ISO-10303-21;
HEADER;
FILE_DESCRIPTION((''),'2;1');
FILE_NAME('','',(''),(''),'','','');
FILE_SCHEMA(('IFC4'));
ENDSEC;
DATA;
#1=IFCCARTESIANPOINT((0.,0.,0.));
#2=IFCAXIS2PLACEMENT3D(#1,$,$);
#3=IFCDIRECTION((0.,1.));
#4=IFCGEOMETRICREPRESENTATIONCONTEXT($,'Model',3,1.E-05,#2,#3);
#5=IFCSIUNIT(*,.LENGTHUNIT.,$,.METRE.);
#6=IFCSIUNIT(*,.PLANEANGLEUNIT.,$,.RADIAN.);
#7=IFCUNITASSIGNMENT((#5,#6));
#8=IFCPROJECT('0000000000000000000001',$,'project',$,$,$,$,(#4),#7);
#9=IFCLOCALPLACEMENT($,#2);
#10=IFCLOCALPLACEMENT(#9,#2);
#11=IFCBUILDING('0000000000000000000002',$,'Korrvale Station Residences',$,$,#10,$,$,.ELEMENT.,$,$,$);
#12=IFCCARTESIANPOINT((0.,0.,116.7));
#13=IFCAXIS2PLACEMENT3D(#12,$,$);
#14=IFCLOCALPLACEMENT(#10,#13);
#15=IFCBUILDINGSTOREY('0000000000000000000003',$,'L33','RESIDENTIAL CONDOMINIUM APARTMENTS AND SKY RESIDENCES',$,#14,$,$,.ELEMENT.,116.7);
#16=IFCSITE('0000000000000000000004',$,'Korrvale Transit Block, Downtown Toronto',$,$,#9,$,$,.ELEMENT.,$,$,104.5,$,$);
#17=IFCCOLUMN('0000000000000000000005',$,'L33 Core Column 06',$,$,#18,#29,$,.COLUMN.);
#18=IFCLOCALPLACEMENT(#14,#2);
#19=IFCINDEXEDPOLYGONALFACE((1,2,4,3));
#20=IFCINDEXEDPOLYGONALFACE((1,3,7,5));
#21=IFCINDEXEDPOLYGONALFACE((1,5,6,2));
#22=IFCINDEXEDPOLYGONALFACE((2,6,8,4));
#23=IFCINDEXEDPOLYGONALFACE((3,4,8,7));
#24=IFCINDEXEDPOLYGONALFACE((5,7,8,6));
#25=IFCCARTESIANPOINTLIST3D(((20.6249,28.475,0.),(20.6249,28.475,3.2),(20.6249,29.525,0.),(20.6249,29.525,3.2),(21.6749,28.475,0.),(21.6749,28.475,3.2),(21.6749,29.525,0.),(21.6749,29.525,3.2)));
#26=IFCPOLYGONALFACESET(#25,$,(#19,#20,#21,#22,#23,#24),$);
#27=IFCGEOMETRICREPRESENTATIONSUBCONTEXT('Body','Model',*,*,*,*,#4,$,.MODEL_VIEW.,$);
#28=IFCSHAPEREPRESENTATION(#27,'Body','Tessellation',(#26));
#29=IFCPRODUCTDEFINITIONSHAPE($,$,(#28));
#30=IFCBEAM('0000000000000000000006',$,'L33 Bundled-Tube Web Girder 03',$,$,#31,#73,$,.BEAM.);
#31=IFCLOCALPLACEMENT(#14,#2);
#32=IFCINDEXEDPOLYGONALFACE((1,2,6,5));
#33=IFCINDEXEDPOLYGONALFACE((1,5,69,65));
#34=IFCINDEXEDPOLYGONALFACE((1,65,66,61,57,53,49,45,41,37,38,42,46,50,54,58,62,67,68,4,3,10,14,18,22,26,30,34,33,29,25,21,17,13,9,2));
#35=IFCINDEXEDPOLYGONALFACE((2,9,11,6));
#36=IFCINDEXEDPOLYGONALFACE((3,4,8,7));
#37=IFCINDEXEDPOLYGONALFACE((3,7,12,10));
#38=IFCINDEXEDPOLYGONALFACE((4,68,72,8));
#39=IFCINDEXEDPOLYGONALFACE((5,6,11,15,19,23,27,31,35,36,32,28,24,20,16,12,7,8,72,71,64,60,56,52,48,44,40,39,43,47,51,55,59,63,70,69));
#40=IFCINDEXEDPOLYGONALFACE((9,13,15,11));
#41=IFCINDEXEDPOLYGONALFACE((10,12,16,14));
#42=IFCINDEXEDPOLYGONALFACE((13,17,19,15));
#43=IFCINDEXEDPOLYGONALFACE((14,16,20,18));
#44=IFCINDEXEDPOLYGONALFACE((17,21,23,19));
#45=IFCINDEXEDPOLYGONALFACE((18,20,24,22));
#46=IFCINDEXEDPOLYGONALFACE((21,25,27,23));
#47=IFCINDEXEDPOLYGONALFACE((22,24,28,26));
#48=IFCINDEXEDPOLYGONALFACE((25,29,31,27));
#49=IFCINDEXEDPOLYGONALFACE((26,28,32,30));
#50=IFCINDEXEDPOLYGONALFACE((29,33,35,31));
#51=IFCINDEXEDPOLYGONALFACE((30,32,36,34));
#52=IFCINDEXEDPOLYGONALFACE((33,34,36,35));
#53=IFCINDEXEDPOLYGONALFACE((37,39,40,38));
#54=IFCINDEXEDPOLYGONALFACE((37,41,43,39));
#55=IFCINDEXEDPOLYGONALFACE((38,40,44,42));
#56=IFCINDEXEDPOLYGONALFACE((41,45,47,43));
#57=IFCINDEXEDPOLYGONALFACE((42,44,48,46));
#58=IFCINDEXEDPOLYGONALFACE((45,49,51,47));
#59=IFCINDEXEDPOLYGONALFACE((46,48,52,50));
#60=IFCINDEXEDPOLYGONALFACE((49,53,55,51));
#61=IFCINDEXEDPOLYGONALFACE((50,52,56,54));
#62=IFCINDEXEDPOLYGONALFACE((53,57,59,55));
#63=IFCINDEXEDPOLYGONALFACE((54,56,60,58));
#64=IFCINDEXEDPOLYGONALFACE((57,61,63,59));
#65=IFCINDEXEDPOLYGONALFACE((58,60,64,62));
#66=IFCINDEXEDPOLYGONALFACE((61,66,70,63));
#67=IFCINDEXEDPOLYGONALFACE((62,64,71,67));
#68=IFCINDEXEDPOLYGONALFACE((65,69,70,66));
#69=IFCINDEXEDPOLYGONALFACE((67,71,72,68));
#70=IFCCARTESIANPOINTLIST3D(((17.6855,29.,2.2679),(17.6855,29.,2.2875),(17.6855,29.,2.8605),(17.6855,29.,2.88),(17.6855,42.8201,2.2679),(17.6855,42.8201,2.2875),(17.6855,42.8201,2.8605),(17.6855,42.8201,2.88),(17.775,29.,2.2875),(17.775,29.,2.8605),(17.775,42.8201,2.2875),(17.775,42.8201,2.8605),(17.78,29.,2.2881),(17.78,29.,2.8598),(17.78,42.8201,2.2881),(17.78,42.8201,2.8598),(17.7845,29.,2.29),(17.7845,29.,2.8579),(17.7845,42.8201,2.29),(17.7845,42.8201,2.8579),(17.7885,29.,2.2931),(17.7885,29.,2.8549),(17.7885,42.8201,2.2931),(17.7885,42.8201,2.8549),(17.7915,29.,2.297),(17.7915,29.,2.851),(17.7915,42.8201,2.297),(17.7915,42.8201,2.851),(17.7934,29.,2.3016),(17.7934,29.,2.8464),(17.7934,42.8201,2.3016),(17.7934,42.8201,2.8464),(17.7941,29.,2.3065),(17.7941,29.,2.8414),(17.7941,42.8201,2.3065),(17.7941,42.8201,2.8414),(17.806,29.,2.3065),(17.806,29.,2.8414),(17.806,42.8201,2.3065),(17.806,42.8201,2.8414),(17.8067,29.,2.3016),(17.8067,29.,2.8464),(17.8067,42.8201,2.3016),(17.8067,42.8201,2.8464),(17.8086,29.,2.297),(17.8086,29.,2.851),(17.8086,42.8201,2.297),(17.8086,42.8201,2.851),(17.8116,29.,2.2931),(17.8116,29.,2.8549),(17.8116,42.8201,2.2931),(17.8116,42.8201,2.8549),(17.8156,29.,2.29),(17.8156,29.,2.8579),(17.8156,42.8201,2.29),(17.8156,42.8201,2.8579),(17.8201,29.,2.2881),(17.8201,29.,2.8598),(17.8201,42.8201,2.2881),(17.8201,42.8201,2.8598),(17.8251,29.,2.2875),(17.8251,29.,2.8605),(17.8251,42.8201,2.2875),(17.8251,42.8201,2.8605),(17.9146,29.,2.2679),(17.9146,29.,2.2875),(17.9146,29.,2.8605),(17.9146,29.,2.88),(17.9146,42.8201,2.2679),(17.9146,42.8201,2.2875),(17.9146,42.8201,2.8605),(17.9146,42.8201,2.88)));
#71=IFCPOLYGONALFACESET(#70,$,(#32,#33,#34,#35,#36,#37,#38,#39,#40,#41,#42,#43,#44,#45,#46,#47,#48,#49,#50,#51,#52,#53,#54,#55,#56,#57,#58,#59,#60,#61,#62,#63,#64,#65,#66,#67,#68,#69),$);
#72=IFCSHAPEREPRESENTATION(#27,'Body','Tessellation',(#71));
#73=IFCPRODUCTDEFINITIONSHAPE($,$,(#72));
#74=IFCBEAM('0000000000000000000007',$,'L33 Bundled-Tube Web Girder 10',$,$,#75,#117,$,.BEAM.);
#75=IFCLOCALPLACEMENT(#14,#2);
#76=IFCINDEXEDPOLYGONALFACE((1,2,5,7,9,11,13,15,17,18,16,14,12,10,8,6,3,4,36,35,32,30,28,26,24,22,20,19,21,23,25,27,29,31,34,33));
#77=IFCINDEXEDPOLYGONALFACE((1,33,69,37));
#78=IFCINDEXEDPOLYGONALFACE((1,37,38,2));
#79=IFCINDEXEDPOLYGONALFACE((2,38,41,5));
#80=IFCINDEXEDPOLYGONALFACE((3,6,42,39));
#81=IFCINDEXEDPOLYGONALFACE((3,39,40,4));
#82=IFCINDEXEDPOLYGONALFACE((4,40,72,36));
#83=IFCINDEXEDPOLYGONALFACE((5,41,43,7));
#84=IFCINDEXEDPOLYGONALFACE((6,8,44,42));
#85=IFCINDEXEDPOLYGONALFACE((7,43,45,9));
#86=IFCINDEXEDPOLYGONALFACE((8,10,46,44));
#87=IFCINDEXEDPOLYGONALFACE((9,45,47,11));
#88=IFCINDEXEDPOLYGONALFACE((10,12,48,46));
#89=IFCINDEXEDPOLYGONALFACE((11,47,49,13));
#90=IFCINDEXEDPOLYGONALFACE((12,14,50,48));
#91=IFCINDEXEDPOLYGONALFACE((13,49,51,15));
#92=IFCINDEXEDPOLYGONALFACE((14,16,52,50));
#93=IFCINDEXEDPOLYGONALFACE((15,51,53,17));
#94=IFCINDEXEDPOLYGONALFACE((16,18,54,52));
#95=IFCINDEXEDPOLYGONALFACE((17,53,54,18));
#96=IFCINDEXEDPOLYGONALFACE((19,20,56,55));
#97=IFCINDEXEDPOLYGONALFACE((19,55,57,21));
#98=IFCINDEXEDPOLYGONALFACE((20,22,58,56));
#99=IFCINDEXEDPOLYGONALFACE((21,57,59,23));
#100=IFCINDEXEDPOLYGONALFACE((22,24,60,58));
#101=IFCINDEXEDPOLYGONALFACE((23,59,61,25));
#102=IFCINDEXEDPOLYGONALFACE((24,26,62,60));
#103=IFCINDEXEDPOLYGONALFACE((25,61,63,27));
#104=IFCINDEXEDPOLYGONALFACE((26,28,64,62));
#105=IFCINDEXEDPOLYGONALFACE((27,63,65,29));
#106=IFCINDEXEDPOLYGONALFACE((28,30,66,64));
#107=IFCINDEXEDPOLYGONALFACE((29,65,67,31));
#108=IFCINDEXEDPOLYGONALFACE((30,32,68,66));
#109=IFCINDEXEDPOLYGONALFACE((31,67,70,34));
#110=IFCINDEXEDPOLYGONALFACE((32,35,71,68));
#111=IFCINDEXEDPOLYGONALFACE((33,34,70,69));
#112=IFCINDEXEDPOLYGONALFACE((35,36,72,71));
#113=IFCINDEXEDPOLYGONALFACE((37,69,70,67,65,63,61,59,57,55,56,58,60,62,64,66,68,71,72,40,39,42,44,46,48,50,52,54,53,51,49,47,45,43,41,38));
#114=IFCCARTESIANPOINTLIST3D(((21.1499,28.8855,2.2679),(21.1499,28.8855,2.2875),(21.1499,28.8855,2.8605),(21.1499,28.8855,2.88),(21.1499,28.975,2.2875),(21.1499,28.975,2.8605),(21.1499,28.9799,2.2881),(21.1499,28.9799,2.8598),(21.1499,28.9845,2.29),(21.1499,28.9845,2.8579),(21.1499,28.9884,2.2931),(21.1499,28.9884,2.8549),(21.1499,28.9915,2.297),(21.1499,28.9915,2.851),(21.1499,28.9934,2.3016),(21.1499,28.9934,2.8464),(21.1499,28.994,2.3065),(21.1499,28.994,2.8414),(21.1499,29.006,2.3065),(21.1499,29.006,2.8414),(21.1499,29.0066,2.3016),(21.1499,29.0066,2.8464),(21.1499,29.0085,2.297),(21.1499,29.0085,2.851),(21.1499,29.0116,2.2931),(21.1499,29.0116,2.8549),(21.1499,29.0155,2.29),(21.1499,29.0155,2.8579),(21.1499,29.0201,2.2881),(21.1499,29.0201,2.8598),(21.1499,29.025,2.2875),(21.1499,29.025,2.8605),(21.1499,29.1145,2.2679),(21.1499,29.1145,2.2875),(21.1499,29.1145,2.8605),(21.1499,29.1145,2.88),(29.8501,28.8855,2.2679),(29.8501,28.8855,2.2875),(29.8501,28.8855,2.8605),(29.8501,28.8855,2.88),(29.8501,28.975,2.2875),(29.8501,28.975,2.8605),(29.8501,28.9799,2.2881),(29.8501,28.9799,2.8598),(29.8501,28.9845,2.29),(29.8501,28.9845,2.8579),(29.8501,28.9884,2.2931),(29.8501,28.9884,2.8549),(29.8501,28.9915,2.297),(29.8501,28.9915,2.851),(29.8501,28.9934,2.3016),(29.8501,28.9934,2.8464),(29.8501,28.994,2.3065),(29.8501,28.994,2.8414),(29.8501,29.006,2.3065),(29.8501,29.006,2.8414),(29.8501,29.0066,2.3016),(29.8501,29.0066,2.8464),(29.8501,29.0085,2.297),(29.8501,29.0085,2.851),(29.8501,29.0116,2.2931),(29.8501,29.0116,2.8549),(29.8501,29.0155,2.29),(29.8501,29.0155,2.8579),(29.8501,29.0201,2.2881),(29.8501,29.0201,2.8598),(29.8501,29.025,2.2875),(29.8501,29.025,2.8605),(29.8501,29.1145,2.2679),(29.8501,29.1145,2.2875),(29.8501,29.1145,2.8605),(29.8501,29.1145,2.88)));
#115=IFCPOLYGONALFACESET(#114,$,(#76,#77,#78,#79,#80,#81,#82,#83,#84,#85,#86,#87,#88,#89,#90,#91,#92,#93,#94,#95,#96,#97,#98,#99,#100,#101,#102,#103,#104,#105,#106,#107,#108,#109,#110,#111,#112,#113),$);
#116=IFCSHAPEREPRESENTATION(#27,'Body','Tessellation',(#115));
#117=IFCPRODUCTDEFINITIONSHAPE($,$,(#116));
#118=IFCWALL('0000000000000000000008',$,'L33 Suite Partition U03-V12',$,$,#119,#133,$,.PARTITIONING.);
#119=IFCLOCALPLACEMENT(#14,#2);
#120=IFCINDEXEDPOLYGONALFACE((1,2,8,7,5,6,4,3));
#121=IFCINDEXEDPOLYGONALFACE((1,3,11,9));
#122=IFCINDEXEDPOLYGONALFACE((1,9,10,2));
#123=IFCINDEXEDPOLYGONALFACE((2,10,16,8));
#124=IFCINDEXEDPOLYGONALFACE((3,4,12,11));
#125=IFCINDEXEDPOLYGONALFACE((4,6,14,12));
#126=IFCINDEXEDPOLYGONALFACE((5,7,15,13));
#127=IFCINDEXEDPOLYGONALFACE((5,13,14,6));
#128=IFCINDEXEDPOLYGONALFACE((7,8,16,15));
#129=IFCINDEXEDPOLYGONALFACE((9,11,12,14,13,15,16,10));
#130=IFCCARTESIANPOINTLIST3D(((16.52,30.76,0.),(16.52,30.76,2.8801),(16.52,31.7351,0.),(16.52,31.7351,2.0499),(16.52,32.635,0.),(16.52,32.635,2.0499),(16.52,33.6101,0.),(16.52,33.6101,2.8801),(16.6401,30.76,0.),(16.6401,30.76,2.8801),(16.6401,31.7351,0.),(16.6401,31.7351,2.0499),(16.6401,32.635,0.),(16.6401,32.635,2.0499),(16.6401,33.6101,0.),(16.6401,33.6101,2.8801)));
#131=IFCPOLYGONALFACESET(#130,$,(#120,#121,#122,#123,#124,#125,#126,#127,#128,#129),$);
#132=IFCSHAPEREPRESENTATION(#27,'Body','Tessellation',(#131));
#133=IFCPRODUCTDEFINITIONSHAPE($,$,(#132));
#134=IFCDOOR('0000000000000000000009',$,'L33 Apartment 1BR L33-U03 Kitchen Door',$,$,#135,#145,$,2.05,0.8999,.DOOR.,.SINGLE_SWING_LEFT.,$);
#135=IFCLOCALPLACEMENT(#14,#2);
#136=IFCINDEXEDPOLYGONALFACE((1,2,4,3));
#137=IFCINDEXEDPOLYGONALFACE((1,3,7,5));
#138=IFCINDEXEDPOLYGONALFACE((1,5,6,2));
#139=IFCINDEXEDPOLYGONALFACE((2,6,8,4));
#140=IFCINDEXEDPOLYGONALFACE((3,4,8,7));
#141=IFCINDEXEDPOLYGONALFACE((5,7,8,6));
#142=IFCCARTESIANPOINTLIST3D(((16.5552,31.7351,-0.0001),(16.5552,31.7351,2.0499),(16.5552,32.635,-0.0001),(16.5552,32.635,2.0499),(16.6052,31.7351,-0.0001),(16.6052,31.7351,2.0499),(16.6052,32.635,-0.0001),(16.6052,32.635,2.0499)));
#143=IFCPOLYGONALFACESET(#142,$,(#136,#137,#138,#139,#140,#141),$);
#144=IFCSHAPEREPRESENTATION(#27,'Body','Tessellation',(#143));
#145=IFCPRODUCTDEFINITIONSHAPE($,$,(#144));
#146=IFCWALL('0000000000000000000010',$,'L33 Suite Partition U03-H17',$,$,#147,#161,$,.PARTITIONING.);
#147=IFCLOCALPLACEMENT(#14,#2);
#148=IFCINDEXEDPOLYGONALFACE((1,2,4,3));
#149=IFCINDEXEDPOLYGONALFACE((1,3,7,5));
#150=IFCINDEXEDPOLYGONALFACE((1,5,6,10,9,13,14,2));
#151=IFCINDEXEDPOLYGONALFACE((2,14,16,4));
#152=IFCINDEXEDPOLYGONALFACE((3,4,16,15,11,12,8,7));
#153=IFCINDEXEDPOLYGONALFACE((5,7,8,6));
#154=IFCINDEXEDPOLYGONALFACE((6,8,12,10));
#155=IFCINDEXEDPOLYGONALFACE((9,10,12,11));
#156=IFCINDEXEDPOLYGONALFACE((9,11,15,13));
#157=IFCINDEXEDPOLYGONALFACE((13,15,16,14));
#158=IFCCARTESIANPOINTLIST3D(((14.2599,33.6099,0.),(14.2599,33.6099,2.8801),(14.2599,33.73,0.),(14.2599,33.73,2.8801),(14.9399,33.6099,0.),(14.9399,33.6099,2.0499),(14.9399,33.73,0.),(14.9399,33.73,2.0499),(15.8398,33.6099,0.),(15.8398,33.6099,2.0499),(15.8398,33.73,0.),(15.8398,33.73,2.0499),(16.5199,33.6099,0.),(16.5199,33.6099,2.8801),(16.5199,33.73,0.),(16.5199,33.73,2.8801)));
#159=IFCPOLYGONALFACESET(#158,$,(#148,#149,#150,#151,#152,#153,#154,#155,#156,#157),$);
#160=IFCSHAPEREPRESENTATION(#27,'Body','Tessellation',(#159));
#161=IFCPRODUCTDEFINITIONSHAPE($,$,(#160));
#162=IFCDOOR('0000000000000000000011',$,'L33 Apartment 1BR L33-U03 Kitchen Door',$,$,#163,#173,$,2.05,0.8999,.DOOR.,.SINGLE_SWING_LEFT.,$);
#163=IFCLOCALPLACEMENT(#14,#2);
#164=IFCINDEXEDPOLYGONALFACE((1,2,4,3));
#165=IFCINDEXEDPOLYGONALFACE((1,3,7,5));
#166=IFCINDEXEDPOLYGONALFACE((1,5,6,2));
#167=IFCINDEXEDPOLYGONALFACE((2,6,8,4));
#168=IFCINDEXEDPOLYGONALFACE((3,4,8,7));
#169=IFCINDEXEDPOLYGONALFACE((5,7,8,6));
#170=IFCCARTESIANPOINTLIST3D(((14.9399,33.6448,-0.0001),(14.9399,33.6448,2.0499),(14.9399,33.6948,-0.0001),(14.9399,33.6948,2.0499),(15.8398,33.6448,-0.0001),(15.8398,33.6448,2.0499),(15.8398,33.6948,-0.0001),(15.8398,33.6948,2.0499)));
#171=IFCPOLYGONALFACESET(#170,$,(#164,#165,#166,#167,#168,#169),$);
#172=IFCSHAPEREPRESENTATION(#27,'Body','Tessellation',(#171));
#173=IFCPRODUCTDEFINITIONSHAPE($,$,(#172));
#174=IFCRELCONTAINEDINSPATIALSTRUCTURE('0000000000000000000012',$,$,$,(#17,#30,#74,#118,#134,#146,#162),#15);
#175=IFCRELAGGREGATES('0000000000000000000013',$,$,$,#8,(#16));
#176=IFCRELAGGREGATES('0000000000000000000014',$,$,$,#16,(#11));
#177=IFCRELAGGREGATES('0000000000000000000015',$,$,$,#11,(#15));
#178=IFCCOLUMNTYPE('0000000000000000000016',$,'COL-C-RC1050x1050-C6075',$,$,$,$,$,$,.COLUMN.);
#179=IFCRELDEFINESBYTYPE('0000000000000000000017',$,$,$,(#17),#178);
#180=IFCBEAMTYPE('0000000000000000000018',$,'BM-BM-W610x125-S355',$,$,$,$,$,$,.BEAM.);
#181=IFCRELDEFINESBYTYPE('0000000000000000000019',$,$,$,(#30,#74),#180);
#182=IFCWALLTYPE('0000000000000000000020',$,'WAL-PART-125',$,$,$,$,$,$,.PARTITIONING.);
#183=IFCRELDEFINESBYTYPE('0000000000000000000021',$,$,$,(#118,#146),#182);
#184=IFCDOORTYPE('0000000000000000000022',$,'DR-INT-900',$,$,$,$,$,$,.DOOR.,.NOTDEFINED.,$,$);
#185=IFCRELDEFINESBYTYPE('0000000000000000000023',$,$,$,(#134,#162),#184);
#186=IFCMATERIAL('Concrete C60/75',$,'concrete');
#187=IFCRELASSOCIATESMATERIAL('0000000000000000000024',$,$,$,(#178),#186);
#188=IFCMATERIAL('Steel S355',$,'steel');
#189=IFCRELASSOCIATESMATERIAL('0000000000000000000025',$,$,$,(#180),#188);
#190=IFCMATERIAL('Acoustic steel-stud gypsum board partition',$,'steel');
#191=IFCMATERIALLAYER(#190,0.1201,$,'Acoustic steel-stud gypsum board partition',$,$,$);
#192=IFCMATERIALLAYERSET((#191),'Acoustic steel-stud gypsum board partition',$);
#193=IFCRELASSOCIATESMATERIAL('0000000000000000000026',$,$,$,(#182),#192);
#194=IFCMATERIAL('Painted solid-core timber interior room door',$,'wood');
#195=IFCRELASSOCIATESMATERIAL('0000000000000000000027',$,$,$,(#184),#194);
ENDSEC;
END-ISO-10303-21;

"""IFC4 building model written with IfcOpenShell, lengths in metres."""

from ifc_helpers import new_model, si_unit, direction, frame, frame_2d, origin, origin_2d, place, context, subcontext, project, spatial, rectangle, i_section, extrude, material, layer, layer_set, material_profile, profile_set, type_object, element, fill, save


model = new_model("IFC4")

# Units and contexts
model_context = context("Model", 3, precision=1e-05, world=origin(), true_north=direction((0.0, 1.0)))
body_context = subcontext(model_context, "Body", "Model", "MODEL_VIEW")
ifc_project = project(units=[si_unit("LENGTHUNIT", "METRE"), si_unit("PLANEANGLEUNIT", "RADIAN")], contexts=[model_context])

# Site, building, storey
site_placement = place(None, origin())
site = spatial("IfcSite", under=ifc_project, at=site_placement, Name="Korrvale Transit Block, Downtown Toronto", CompositionType="ELEMENT", RefElevation=104.5)
building_placement = place(site_placement, origin())
building = spatial("IfcBuilding", under=site, at=building_placement, Name="Korrvale Station Residences", CompositionType="ELEMENT")
storey_placement = place(building_placement, frame((0.0, 0.0, 116.7)))
storey = spatial("IfcBuildingStorey", under=building, at=storey_placement, Name="L33", Description="RESIDENTIAL CONDOMINIUM APARTMENTS AND SKY RESIDENCES", CompositionType="ELEMENT", Elevation=116.7)

# Column
ifc_material_1 = material(Name="Concrete C60/75", Category="concrete")
ifc_material_profile_1 = material_profile(ifc_material_1, rectangle(XDim=1.05, YDim=1.05, at=origin_2d()), Name="RC1050x1050")
ifc_profile_set_1 = profile_set([ifc_material_profile_1], Name="Concrete C60/75")
column_type = type_object("IfcColumnType", Name="COL-C-RC1050x1050-C6075", PredefinedType="COLUMN", material=ifc_profile_set_1)
column_placement = place(storey_placement, frame((21.1499, 29.0, 0.0), z_axis=(0.0, 0.0, 1.0), x_axis=(1.0, 0.0, 0.0)))
element("IfcColumn", 1, at=column_placement, inside=storey, type_object=column_type, Name="L33 Core Column 06", PredefinedType="COLUMN", context=body_context, shape_type="SweptSolid", body=[
    extrude(rectangle(XDim=1.05, YDim=1.05, at=origin_2d()), origin(), (0.0, 0.0, 1.0), 3.2),
])

# Beams
ifc_material_2 = material(Name="Steel S355", Category="steel")
ifc_material_profile_2 = material_profile(ifc_material_2, i_section(OverallWidth=0.229, OverallDepth=0.6121, WebThickness=0.012, FlangeThickness=0.0195, FilletRadius=0.019, at=origin_2d()), Name="W610x125")
ifc_profile_set_2 = profile_set([ifc_material_profile_2], Name="Steel S355")
beam_type = type_object("IfcBeamType", Name="BM-BM-W610x125-S355", PredefinedType="BEAM", material=ifc_profile_set_2)
beam_1_placement = place(storey_placement, frame((17.8, 29.0, 2.574), z_axis=(0.0, 1.0, 0.0), x_axis=(-1.0, 0.0, 0.0)))
element("IfcBeam", 2, at=beam_1_placement, inside=storey, type_object=beam_type, Name="L33 Bundled-Tube Web Girder 03", PredefinedType="BEAM", context=body_context, shape_type="SweptSolid", body=[
    extrude(i_section(OverallWidth=0.229, OverallDepth=0.6121, WebThickness=0.012, FlangeThickness=0.0195, FilletRadius=0.019, at=origin_2d()), origin(), (0.0, 0.0, 1.0), 13.8201),
])
beam_2_placement = place(storey_placement, frame((21.1499, 29.0, 2.574), z_axis=(1.0, 0.0, 0.0), x_axis=(0.0, 1.0, 0.0)))
element("IfcBeam", 3, at=beam_2_placement, inside=storey, type_object=beam_type, Name="L33 Bundled-Tube Web Girder 10", PredefinedType="BEAM", context=body_context, shape_type="SweptSolid", body=[
    extrude(i_section(OverallWidth=0.229, OverallDepth=0.6121, WebThickness=0.012, FlangeThickness=0.0195, FilletRadius=0.019, at=origin_2d()), origin(), (0.0, 0.0, 1.0), 8.7002),
])

# Walls, openings, doors
ifc_material_3 = material(Name="Acoustic steel-stud gypsum board partition", Category="steel")
ifc_layer = layer(ifc_material_3, 0.1201, Name="Acoustic steel-stud gypsum board partition")
ifc_layer_set = layer_set([ifc_layer], Name="Acoustic steel-stud gypsum board partition")
wall_type = type_object("IfcWallType", Name="WAL-PART-125", PredefinedType="PARTITIONING", material=ifc_layer_set)
wall_1_placement = place(storey_placement, frame((16.5801, 30.76, 0.0), z_axis=(0.0, 0.0, 1.0), x_axis=(0.0, 1.0, 0.0)))
wall_1 = element("IfcWall", 4, at=wall_1_placement, inside=storey, type_object=wall_type, Name="L33 Suite Partition U03-V12", PredefinedType="PARTITIONING", context=body_context, shape_type="SweptSolid", body=[
    extrude(rectangle(XDim=2.8501, YDim=0.1201, at=frame_2d((1.425, 0.0))), origin(), (0.0, 0.0, 1.0), 2.8801),
])
opening_1_placement = place(wall_1_placement, frame((0.9751, 0.0, 0.0)))
opening_1 = element("IfcOpeningElement", 5, at=opening_1_placement, cuts=wall_1, PredefinedType="OPENING", context=body_context, shape_type="SweptSolid", body=[
    extrude(rectangle(XDim=0.8999, YDim=2.05, at=frame_2d((0.45, 1.0249))), frame((0.0, 0.0701, 0.0), z_axis=(0.0, -1.0, 0.0), x_axis=(1.0, 0.0, 0.0)), (0.0, 0.0, 1.0), 0.1401),
])
ifc_material_4 = material(Name="Painted solid-core timber interior room door", Category="wood")
door_type = type_object("IfcDoorType", Name="DR-INT-900", OperationType="NOTDEFINED", PredefinedType="DOOR", material=ifc_material_4)
door_1_placement = place(opening_1_placement, origin())
door_1 = element("IfcDoor", 6, at=door_1_placement, inside=storey, type_object=door_type, Name="L33 Apartment 1BR L33-U03 Kitchen Door", OperationType="SINGLE_SWING_LEFT", OverallHeight=2.05, OverallWidth=0.8999, PredefinedType="DOOR", context=body_context, shape_type="SweptSolid", body=[
    extrude(rectangle(XDim=0.8999, YDim=2.05, at=frame_2d((0.45, 1.0249))), frame((0.0, 0.0249, 0.0), z_axis=(0.0, -1.0, 0.0), x_axis=(1.0, 0.0, 0.0)), (0.0, 0.0, 1.0), 0.05),
])
fill(opening_1, door_1)
wall_2_placement = place(storey_placement, frame((14.26, 33.6699, 0.0), z_axis=(0.0, 0.0, 1.0), x_axis=(1.0, 0.0, 0.0)))
wall_2 = element("IfcWall", 7, at=wall_2_placement, inside=storey, type_object=wall_type, Name="L33 Suite Partition U03-H17", PredefinedType="PARTITIONING", context=body_context, shape_type="SweptSolid", body=[
    extrude(rectangle(XDim=2.26, YDim=0.1201, at=frame_2d((1.1299, 0.0))), origin(), (0.0, 0.0, 1.0), 2.8801),
])
opening_2_placement = place(wall_2_placement, frame((0.6799, 0.0, 0.0)))
opening_2 = element("IfcOpeningElement", 8, at=opening_2_placement, cuts=wall_2, PredefinedType="OPENING", context=body_context, shape_type="SweptSolid", body=[
    extrude(rectangle(XDim=0.8999, YDim=2.05, at=frame_2d((0.45, 1.0249))), frame((0.0, 0.0701, 0.0), z_axis=(0.0, -1.0, 0.0), x_axis=(1.0, 0.0, 0.0)), (0.0, 0.0, 1.0), 0.1401),
])
door_2_placement = place(opening_2_placement, origin())
door_2 = element("IfcDoor", 9, at=door_2_placement, inside=storey, type_object=door_type, Name="L33 Apartment 1BR L33-U03 Kitchen Door", OperationType="SINGLE_SWING_LEFT", OverallHeight=2.05, OverallWidth=0.8999, PredefinedType="DOOR", context=body_context, shape_type="SweptSolid", body=[
    extrude(rectangle(XDim=0.8999, YDim=2.05, at=frame_2d((0.45, 1.0249))), frame((0.0, 0.0249, 0.0), z_axis=(0.0, -1.0, 0.0), x_axis=(1.0, 0.0, 0.0)), (0.0, 0.0, 1.0), 0.05),
])
fill(opening_2, door_2)

save(model, "model.ifc")
